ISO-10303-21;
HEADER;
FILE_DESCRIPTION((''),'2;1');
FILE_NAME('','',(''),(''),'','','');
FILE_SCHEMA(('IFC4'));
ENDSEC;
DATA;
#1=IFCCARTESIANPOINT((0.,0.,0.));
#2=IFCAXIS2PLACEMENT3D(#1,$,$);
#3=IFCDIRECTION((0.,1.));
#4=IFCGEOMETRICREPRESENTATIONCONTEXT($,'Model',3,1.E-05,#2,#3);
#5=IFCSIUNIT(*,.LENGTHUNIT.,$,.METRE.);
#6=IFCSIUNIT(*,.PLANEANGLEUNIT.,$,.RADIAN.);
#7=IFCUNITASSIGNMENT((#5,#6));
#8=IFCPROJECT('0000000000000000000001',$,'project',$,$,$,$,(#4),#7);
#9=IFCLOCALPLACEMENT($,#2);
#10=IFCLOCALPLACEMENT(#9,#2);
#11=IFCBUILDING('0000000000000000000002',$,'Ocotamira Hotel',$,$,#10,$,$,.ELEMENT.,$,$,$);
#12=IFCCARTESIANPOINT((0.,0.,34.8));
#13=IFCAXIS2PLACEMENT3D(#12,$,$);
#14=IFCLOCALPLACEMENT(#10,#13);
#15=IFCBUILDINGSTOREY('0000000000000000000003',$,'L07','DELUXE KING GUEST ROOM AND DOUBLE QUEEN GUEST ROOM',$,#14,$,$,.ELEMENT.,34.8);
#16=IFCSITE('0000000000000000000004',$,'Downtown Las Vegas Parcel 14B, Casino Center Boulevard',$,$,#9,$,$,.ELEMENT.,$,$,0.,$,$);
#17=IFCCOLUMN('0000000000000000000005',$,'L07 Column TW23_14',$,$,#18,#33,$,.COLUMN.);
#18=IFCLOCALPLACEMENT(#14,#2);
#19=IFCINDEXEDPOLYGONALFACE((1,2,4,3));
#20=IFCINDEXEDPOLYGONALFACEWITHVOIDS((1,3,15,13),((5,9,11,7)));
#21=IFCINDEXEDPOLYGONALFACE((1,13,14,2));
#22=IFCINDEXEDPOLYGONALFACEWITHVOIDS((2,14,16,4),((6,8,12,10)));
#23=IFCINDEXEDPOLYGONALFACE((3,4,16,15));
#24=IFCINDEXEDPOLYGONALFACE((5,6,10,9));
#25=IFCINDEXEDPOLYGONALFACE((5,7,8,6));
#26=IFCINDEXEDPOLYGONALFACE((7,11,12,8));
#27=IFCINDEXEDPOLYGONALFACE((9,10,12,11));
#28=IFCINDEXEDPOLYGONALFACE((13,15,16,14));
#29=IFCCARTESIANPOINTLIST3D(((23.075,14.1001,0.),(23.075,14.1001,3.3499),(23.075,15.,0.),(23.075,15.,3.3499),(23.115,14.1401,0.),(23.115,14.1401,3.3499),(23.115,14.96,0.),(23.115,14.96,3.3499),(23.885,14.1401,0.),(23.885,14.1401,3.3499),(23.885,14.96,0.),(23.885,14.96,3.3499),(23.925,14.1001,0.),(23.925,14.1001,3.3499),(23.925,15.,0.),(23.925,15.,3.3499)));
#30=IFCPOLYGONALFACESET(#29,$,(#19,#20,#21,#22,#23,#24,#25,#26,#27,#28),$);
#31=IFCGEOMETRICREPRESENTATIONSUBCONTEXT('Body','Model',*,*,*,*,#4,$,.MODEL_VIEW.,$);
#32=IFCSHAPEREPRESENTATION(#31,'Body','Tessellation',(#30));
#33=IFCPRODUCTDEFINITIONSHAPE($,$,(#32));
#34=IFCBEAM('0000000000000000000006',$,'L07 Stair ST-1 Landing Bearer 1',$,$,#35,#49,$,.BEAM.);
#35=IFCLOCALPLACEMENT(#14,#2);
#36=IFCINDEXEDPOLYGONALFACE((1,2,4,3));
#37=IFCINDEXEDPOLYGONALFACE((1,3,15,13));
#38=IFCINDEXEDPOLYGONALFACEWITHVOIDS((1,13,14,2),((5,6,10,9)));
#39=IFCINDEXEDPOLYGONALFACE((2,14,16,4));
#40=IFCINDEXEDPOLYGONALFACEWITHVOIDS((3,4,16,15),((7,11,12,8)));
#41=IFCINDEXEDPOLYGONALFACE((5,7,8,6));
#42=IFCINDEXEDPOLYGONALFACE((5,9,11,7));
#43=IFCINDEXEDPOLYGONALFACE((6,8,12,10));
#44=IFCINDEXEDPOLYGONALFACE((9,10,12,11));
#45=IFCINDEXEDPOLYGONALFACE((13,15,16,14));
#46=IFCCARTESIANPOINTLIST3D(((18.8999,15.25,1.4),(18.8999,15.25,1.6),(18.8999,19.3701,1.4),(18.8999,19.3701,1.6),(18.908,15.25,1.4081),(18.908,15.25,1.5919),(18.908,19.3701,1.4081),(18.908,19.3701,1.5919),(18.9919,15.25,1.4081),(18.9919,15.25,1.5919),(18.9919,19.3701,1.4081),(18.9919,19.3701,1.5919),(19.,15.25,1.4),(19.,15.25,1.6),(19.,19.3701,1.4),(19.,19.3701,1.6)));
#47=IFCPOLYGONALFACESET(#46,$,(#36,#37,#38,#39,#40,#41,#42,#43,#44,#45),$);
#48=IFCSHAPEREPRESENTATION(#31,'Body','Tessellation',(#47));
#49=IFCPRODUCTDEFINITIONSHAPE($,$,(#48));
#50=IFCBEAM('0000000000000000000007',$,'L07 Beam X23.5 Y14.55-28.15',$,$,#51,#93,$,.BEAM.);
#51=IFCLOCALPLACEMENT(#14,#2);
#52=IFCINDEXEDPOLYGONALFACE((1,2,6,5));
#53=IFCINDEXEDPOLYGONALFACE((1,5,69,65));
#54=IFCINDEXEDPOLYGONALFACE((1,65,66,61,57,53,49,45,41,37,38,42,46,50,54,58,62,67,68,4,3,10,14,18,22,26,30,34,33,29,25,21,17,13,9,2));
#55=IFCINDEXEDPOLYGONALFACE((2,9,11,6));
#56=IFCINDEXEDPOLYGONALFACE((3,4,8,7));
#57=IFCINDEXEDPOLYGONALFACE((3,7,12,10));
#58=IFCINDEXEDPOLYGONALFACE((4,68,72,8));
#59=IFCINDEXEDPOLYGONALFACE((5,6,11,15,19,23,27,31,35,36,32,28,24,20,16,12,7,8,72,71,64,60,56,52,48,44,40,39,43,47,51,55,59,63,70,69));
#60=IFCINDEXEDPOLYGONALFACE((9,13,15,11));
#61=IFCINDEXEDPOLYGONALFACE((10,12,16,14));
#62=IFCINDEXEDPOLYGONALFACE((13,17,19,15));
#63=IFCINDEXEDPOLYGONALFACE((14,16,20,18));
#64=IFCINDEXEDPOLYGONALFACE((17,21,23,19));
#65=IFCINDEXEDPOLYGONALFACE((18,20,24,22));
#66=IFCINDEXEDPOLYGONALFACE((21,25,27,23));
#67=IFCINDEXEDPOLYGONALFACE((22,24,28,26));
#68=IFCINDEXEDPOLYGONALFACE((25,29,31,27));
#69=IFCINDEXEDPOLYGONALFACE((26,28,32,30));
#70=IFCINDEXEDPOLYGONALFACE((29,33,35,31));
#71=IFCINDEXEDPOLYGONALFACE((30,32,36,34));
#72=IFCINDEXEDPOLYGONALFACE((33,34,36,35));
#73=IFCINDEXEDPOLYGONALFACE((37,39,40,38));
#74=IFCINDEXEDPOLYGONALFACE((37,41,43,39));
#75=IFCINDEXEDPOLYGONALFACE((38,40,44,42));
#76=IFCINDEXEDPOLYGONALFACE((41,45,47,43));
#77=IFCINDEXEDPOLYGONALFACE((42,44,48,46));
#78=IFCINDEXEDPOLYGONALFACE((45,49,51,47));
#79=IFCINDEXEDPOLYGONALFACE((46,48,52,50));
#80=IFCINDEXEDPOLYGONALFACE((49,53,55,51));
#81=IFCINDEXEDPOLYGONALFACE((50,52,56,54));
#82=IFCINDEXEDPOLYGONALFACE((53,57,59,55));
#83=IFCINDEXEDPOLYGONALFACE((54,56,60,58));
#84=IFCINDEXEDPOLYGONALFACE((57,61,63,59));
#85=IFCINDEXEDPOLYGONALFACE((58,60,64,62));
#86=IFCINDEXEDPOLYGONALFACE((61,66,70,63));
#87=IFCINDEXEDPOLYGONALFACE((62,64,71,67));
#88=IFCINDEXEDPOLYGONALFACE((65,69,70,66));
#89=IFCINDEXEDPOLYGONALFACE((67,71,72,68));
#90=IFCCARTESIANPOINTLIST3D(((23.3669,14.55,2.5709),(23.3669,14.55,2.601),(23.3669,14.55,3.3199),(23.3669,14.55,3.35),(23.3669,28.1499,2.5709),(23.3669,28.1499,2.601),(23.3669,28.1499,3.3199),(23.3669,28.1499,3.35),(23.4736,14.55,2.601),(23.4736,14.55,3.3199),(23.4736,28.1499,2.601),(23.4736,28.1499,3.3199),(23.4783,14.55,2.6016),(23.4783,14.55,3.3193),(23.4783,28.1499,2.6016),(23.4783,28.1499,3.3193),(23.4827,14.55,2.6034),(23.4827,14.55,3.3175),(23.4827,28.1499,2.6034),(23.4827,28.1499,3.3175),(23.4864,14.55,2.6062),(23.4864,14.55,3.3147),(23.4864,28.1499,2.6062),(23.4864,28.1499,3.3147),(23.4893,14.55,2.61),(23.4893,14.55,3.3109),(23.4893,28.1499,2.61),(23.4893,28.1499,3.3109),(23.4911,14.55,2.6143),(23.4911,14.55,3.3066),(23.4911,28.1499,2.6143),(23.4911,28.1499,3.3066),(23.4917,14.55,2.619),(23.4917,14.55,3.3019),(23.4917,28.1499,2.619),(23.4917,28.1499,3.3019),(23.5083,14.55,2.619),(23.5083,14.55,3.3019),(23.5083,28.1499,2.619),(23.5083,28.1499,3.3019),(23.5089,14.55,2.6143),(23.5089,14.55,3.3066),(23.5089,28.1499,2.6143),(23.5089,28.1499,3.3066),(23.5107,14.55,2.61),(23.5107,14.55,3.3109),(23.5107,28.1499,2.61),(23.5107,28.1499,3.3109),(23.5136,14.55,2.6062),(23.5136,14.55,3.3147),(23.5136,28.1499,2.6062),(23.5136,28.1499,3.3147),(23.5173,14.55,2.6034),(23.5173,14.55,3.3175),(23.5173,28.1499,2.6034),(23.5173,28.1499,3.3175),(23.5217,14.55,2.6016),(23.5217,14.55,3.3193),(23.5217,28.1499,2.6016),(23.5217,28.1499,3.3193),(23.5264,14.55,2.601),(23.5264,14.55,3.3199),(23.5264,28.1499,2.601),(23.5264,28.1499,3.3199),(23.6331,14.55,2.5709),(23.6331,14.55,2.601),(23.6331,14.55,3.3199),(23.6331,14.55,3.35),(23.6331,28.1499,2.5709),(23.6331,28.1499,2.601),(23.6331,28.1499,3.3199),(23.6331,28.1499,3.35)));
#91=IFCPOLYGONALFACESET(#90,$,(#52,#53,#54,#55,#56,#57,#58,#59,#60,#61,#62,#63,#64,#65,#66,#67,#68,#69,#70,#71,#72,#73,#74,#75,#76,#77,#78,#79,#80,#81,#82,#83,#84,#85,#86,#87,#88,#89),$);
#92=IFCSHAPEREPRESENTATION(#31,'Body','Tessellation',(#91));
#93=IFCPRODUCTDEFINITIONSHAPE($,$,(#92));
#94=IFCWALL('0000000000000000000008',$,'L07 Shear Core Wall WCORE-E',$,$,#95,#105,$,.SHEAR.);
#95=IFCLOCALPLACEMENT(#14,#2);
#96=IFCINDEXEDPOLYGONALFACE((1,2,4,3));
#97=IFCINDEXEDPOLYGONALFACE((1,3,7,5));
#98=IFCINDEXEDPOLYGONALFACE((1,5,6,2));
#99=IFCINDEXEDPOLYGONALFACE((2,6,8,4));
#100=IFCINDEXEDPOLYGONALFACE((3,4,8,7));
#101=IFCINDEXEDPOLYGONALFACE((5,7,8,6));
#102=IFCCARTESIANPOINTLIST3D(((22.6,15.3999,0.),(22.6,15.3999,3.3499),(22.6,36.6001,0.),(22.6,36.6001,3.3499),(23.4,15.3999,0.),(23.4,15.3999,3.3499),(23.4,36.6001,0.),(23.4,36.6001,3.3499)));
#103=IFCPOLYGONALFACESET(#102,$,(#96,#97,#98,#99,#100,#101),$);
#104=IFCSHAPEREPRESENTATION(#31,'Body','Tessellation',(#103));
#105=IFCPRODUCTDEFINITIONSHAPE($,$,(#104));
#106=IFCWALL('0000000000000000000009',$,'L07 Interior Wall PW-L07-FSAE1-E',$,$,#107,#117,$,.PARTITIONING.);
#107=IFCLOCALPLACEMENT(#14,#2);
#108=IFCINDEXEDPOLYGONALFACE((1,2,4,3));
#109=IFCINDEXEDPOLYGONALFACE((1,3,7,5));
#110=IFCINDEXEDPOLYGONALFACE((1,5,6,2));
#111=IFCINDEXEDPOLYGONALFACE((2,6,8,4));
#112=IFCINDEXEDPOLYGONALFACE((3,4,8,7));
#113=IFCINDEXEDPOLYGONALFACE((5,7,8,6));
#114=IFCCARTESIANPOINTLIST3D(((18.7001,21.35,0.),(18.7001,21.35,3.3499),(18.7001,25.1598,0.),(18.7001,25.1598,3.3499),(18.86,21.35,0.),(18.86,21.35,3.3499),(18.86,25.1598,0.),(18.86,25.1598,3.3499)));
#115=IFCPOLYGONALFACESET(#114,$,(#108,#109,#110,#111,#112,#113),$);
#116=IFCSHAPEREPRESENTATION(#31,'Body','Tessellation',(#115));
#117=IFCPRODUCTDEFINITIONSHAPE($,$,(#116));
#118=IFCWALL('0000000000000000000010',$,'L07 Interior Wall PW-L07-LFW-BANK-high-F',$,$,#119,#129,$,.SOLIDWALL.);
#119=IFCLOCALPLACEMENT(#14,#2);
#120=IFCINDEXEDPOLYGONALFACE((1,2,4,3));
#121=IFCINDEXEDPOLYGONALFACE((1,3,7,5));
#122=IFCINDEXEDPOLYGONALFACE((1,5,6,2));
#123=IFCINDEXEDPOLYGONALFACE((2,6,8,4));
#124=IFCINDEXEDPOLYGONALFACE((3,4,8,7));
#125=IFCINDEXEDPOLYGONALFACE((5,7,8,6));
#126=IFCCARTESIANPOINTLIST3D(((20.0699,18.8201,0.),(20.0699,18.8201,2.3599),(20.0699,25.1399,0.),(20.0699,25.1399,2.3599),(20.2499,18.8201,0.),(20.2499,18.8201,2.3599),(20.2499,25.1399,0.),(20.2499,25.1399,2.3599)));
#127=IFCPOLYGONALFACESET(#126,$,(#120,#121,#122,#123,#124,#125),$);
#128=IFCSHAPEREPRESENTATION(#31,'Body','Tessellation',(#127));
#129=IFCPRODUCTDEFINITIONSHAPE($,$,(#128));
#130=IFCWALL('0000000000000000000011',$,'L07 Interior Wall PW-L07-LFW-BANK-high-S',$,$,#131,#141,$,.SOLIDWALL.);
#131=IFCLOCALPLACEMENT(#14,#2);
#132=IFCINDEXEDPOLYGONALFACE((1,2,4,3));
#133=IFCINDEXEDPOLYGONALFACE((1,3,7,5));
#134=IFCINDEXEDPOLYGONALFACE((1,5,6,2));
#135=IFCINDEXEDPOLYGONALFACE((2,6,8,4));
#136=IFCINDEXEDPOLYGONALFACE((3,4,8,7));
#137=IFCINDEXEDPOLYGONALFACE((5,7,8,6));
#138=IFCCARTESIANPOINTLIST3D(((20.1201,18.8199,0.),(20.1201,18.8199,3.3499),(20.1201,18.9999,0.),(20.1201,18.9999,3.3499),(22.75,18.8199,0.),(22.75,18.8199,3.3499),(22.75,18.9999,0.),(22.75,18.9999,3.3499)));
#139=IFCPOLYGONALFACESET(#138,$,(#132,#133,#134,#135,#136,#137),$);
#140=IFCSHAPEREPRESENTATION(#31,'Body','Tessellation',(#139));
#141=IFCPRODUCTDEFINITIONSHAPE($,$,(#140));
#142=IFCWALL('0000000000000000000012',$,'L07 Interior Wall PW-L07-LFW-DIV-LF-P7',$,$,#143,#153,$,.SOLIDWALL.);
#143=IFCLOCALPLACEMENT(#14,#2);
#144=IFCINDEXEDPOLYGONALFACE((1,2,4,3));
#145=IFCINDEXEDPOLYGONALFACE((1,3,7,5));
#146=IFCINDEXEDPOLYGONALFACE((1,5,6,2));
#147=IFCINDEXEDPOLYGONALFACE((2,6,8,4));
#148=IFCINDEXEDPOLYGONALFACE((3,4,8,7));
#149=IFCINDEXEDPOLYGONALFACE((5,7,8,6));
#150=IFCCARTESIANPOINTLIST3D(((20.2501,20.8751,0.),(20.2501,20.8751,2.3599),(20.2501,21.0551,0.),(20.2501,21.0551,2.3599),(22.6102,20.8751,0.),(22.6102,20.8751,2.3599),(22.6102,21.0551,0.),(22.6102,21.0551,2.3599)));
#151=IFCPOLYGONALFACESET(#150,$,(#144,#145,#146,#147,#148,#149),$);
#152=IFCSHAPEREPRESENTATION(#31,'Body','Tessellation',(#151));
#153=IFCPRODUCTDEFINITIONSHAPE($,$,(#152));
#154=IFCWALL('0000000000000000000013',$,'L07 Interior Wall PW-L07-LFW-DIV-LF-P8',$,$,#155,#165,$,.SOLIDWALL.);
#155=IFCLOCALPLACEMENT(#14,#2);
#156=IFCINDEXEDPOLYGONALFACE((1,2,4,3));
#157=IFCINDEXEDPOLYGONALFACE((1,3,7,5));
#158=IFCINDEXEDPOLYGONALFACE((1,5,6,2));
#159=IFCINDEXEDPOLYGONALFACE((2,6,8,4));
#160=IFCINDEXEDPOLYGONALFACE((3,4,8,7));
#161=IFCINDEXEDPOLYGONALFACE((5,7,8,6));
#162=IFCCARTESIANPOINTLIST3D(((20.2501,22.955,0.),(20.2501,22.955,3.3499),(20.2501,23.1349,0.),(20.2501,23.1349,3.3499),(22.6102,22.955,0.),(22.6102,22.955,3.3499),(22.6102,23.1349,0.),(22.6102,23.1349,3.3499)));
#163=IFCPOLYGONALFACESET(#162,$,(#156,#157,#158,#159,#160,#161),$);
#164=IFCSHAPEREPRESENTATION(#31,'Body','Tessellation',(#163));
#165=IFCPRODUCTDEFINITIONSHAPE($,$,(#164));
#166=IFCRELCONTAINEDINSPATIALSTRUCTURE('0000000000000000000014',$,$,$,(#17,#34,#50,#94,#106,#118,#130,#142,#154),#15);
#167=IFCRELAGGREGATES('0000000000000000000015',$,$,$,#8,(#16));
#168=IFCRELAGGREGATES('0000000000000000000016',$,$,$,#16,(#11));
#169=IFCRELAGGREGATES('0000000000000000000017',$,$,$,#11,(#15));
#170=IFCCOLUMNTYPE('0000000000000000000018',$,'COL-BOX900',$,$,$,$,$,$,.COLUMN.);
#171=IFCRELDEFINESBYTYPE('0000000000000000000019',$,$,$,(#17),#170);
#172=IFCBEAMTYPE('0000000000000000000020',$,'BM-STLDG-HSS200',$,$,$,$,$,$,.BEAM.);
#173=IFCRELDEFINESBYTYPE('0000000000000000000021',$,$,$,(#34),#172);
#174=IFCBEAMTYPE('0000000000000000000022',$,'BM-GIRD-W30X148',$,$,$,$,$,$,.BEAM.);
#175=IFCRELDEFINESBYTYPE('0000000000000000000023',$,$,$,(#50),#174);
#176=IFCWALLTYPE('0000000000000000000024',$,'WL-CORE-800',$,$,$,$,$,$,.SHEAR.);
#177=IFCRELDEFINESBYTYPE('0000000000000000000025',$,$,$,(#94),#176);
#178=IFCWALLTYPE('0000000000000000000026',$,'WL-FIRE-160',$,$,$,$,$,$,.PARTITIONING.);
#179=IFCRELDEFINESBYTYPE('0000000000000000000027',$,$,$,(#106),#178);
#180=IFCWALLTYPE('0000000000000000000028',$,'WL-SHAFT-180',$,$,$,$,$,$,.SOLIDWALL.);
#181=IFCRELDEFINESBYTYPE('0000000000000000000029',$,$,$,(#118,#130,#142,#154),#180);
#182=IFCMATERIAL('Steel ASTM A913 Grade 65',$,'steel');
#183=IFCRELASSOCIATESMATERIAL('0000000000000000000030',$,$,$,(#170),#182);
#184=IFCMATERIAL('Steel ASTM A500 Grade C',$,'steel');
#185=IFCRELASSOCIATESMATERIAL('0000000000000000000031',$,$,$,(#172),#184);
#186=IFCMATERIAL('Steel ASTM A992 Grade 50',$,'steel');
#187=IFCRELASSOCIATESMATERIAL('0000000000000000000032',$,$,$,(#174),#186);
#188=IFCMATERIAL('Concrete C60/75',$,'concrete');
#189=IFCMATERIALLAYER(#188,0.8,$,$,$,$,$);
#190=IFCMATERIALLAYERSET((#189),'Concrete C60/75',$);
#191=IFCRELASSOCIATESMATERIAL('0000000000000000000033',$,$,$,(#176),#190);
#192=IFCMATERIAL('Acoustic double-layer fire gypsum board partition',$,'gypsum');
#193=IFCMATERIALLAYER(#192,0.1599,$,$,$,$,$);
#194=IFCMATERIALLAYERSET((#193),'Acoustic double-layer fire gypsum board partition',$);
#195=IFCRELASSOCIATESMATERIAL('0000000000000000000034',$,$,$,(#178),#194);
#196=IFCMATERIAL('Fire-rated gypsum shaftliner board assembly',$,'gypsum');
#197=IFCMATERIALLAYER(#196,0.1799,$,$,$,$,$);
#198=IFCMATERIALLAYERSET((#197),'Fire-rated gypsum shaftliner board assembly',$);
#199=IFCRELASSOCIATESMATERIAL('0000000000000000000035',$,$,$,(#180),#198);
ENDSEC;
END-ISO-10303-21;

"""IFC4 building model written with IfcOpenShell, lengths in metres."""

from ifc_helpers import new_model, si_unit, direction, frame, frame_2d, origin, origin_2d, place, context, subcontext, project, spatial, rectangle, hollow_rectangle, i_section, extrude, source, transform, mapped, material, layer, layer_set, material_profile, profile_set, type_object, element, save


model = new_model("IFC4")

# Units and contexts
model_context = context("Model", 3, precision=1e-05, world=origin(), true_north=direction((0.0, 1.0)))
body_context = subcontext(model_context, "Body", "Model", "MODEL_VIEW")
ifc_project = project(units=[si_unit("LENGTHUNIT", "METRE"), si_unit("PLANEANGLEUNIT", "RADIAN")], contexts=[model_context])

# Site, building, storey
site_placement = place(None, origin())
site = spatial("IfcSite", under=ifc_project, at=site_placement, Name="Downtown Las Vegas Parcel 14B, Casino Center Boulevard", CompositionType="ELEMENT", RefElevation=0.0)
building_placement = place(site_placement, origin())
building = spatial("IfcBuilding", under=site, at=building_placement, Name="Ocotamira Hotel", CompositionType="ELEMENT")
storey_placement = place(building_placement, frame((0.0, 0.0, 34.8)))
storey = spatial("IfcBuildingStorey", under=building, at=storey_placement, Name="L07", Description="DELUXE KING GUEST ROOM AND DOUBLE QUEEN GUEST ROOM", CompositionType="ELEMENT", Elevation=34.8)

# Column
ifc_material_1 = material(Name="Steel ASTM A913 Grade 65", Category="steel")
ifc_material_profile_1 = material_profile(ifc_material_1, hollow_rectangle(XDim=0.8501, YDim=0.8999, WallThickness=0.04, at=origin_2d()), Name="BOX900X850X40")
ifc_profile_set_1 = profile_set([ifc_material_profile_1], Name="Steel ASTM A913 Grade 65")
column_type = type_object("IfcColumnType", Name="COL-BOX900", PredefinedType="COLUMN", material=ifc_profile_set_1)
shared_shape_1 = source(origin(), body_context, "Body", "SweptSolid", [
    extrude(hollow_rectangle(XDim=0.8501, YDim=0.8999, WallThickness=0.04, at=origin_2d()), origin(), (0.0, 0.0, 1.0), 3.3499),
])
column_placement = place(storey_placement, frame((23.5, 14.55, 0.0), z_axis=(0.0, 0.0, 1.0), x_axis=(1.0, 0.0, 0.0)))
element("IfcColumn", 1, at=column_placement, inside=storey, type_object=column_type, Name="L07 Column TW23_14", PredefinedType="COLUMN", context=body_context, shape_type="MappedRepresentation", body=[
    mapped(shared_shape_1, transform((0.0, 0.0, 0.0), scale=1.0)),
])

# Beams
ifc_material_2 = material(Name="Steel ASTM A500 Grade C", Category="steel")
ifc_material_profile_2 = material_profile(ifc_material_2, hollow_rectangle(XDim=0.1001, YDim=0.2, WallThickness=0.0081, at=origin_2d()), Name="HSS200X100X8")
ifc_profile_set_2 = profile_set([ifc_material_profile_2], Name="Steel ASTM A500 Grade C")
beam_type_1 = type_object("IfcBeamType", Name="BM-STLDG-HSS200", PredefinedType="BEAM", material=ifc_profile_set_2)
shared_shape_2 = source(origin(), body_context, "Body", "SweptSolid", [
    extrude(hollow_rectangle(XDim=0.1001, YDim=0.2, WallThickness=0.0081, at=origin_2d()), origin(), (0.0, 0.0, 1.0), 4.1201),
])
beam_1_placement = place(storey_placement, frame((18.95, 15.25, 1.5), z_axis=(0.0, 1.0, 0.0), x_axis=(-1.0, 0.0, 0.0)))
element("IfcBeam", 2, at=beam_1_placement, inside=storey, type_object=beam_type_1, Name="L07 Stair ST-1 Landing Bearer 1", PredefinedType="BEAM", context=body_context, shape_type="MappedRepresentation", body=[
    mapped(shared_shape_2, transform((0.0, 0.0, 0.0), scale=1.0)),
])
ifc_material_3 = material(Name="Steel ASTM A992 Grade 50", Category="steel")
ifc_material_profile_3 = material_profile(ifc_material_3, i_section(OverallWidth=0.2661, OverallDepth=0.7791, WebThickness=0.0166, FlangeThickness=0.03, FilletRadius=0.0181, at=origin_2d()), Name="W30X148")
ifc_profile_set_3 = profile_set([ifc_material_profile_3], Name="Steel ASTM A992 Grade 50")
beam_type_2 = type_object("IfcBeamType", Name="BM-GIRD-W30X148", PredefinedType="BEAM", material=ifc_profile_set_3)
shared_shape_3 = source(origin(), body_context, "Body", "SweptSolid", [
    extrude(i_section(OverallWidth=0.2661, OverallDepth=0.7791, WebThickness=0.0166, FlangeThickness=0.03, FilletRadius=0.0181, at=origin_2d()), origin(), (0.0, 0.0, 1.0), 13.5999),
])
beam_2_placement = place(storey_placement, frame((23.5, 14.55, 2.9604), z_axis=(0.0, 1.0, 0.0), x_axis=(-1.0, 0.0, 0.0)))
element("IfcBeam", 3, at=beam_2_placement, inside=storey, type_object=beam_type_2, Name="L07 Beam X23.5 Y14.55-28.15", PredefinedType="BEAM", context=body_context, shape_type="MappedRepresentation", body=[
    mapped(shared_shape_3, transform((0.0, 0.0, 0.0), scale=1.0)),
])

# Wall
ifc_material_4 = material(Name="Concrete C60/75", Category="concrete")
ifc_layer_1 = layer(ifc_material_4, 0.8)
ifc_layer_set_1 = layer_set([ifc_layer_1], Name="Concrete C60/75")
wall_type_1 = type_object("IfcWallType", Name="WL-CORE-800", PredefinedType="SHEAR", material=ifc_layer_set_1)
wall_1_placement = place(storey_placement, frame((23.0, 15.3999, 0.0), z_axis=(0.0, 0.0, 1.0), x_axis=(0.0, 1.0, 0.0)))
element("IfcWall", 4, at=wall_1_placement, inside=storey, type_object=wall_type_1, Name="L07 Shear Core Wall WCORE-E", PredefinedType="SHEAR", context=body_context, shape_type="SweptSolid", body=[
    extrude(rectangle(XDim=21.2002, YDim=0.8, at=frame_2d((10.6001, 0.0))), origin(), (0.0, 0.0, 1.0), 3.3499),
])

# Shared definitions
ifc_material_5 = material(Name="Acoustic double-layer fire gypsum board partition", Category="gypsum")
ifc_layer_2 = layer(ifc_material_5, 0.1599)
ifc_layer_set_2 = layer_set([ifc_layer_2], Name="Acoustic double-layer fire gypsum board partition")
wall_type_2 = type_object("IfcWallType", Name="WL-FIRE-160", PredefinedType="PARTITIONING", material=ifc_layer_set_2)

# Walls
wall_2_placement = place(storey_placement, frame((18.78, 21.3501, 0.0), z_axis=(0.0, 0.0, 1.0), x_axis=(0.0, 1.0, 0.0)))
element("IfcWall", 5, at=wall_2_placement, inside=storey, type_object=wall_type_2, Name="L07 Interior Wall PW-L07-FSAE1-E", PredefinedType="PARTITIONING", context=body_context, shape_type="SweptSolid", body=[
    extrude(rectangle(XDim=3.8098, YDim=0.1599, at=frame_2d((1.9048, 0.0))), origin(), (0.0, 0.0, 1.0), 3.3499),
])
ifc_material_6 = material(Name="Fire-rated gypsum shaftliner board assembly", Category="gypsum")
ifc_layer_3 = layer(ifc_material_6, 0.1799)
ifc_layer_set_3 = layer_set([ifc_layer_3], Name="Fire-rated gypsum shaftliner board assembly")
wall_type_3 = type_object("IfcWallType", Name="WL-SHAFT-180", PredefinedType="SOLIDWALL", material=ifc_layer_set_3)
wall_3_placement = place(storey_placement, frame((20.1599, 18.8201, 0.0), z_axis=(0.0, 0.0, 1.0), x_axis=(0.0, 1.0, 0.0)))
element("IfcWall", 6, at=wall_3_placement, inside=storey, type_object=wall_type_3, Name="L07 Interior Wall PW-L07-LFW-BANK-high-F", PredefinedType="SOLIDWALL", context=body_context, shape_type="SweptSolid", body=[
    extrude(rectangle(XDim=6.3198, YDim=0.1799, at=frame_2d((3.1599, 0.0))), origin(), (0.0, 0.0, 1.0), 2.3599),
])
wall_4_placement = place(storey_placement, frame((20.1201, 18.9099, 0.0), z_axis=(0.0, 0.0, 1.0), x_axis=(1.0, 0.0, 0.0)))
element("IfcWall", 7, at=wall_4_placement, inside=storey, type_object=wall_type_3, Name="L07 Interior Wall PW-L07-LFW-BANK-high-S", PredefinedType="SOLIDWALL", context=body_context, shape_type="SweptSolid", body=[
    extrude(rectangle(XDim=2.6299, YDim=0.1799, at=frame_2d((1.3149, 0.0))), origin(), (0.0, 0.0, 1.0), 3.3499),
])
wall_5_placement = place(storey_placement, frame((20.25, 20.9651, 0.0), z_axis=(0.0, 0.0, 1.0), x_axis=(1.0, 0.0, 0.0)))
element("IfcWall", 8, at=wall_5_placement, inside=storey, type_object=wall_type_3, Name="L07 Interior Wall PW-L07-LFW-DIV-LF-P7", PredefinedType="SOLIDWALL", context=body_context, shape_type="SweptSolid", body=[
    extrude(rectangle(XDim=2.3601, YDim=0.1799, at=frame_2d((1.1802, 0.0))), origin(), (0.0, 0.0, 1.0), 2.3599),
])
wall_6_placement = place(storey_placement, frame((20.25, 23.0449, 0.0), z_axis=(0.0, 0.0, 1.0), x_axis=(1.0, 0.0, 0.0)))
element("IfcWall", 9, at=wall_6_placement, inside=storey, type_object=wall_type_3, Name="L07 Interior Wall PW-L07-LFW-DIV-LF-P8", PredefinedType="SOLIDWALL", context=body_context, shape_type="SweptSolid", body=[
    extrude(rectangle(XDim=2.3601, YDim=0.1799, at=frame_2d((1.1802, 0.0))), origin(), (0.0, 0.0, 1.0), 3.3499),
])

save(model, "model.ifc")
